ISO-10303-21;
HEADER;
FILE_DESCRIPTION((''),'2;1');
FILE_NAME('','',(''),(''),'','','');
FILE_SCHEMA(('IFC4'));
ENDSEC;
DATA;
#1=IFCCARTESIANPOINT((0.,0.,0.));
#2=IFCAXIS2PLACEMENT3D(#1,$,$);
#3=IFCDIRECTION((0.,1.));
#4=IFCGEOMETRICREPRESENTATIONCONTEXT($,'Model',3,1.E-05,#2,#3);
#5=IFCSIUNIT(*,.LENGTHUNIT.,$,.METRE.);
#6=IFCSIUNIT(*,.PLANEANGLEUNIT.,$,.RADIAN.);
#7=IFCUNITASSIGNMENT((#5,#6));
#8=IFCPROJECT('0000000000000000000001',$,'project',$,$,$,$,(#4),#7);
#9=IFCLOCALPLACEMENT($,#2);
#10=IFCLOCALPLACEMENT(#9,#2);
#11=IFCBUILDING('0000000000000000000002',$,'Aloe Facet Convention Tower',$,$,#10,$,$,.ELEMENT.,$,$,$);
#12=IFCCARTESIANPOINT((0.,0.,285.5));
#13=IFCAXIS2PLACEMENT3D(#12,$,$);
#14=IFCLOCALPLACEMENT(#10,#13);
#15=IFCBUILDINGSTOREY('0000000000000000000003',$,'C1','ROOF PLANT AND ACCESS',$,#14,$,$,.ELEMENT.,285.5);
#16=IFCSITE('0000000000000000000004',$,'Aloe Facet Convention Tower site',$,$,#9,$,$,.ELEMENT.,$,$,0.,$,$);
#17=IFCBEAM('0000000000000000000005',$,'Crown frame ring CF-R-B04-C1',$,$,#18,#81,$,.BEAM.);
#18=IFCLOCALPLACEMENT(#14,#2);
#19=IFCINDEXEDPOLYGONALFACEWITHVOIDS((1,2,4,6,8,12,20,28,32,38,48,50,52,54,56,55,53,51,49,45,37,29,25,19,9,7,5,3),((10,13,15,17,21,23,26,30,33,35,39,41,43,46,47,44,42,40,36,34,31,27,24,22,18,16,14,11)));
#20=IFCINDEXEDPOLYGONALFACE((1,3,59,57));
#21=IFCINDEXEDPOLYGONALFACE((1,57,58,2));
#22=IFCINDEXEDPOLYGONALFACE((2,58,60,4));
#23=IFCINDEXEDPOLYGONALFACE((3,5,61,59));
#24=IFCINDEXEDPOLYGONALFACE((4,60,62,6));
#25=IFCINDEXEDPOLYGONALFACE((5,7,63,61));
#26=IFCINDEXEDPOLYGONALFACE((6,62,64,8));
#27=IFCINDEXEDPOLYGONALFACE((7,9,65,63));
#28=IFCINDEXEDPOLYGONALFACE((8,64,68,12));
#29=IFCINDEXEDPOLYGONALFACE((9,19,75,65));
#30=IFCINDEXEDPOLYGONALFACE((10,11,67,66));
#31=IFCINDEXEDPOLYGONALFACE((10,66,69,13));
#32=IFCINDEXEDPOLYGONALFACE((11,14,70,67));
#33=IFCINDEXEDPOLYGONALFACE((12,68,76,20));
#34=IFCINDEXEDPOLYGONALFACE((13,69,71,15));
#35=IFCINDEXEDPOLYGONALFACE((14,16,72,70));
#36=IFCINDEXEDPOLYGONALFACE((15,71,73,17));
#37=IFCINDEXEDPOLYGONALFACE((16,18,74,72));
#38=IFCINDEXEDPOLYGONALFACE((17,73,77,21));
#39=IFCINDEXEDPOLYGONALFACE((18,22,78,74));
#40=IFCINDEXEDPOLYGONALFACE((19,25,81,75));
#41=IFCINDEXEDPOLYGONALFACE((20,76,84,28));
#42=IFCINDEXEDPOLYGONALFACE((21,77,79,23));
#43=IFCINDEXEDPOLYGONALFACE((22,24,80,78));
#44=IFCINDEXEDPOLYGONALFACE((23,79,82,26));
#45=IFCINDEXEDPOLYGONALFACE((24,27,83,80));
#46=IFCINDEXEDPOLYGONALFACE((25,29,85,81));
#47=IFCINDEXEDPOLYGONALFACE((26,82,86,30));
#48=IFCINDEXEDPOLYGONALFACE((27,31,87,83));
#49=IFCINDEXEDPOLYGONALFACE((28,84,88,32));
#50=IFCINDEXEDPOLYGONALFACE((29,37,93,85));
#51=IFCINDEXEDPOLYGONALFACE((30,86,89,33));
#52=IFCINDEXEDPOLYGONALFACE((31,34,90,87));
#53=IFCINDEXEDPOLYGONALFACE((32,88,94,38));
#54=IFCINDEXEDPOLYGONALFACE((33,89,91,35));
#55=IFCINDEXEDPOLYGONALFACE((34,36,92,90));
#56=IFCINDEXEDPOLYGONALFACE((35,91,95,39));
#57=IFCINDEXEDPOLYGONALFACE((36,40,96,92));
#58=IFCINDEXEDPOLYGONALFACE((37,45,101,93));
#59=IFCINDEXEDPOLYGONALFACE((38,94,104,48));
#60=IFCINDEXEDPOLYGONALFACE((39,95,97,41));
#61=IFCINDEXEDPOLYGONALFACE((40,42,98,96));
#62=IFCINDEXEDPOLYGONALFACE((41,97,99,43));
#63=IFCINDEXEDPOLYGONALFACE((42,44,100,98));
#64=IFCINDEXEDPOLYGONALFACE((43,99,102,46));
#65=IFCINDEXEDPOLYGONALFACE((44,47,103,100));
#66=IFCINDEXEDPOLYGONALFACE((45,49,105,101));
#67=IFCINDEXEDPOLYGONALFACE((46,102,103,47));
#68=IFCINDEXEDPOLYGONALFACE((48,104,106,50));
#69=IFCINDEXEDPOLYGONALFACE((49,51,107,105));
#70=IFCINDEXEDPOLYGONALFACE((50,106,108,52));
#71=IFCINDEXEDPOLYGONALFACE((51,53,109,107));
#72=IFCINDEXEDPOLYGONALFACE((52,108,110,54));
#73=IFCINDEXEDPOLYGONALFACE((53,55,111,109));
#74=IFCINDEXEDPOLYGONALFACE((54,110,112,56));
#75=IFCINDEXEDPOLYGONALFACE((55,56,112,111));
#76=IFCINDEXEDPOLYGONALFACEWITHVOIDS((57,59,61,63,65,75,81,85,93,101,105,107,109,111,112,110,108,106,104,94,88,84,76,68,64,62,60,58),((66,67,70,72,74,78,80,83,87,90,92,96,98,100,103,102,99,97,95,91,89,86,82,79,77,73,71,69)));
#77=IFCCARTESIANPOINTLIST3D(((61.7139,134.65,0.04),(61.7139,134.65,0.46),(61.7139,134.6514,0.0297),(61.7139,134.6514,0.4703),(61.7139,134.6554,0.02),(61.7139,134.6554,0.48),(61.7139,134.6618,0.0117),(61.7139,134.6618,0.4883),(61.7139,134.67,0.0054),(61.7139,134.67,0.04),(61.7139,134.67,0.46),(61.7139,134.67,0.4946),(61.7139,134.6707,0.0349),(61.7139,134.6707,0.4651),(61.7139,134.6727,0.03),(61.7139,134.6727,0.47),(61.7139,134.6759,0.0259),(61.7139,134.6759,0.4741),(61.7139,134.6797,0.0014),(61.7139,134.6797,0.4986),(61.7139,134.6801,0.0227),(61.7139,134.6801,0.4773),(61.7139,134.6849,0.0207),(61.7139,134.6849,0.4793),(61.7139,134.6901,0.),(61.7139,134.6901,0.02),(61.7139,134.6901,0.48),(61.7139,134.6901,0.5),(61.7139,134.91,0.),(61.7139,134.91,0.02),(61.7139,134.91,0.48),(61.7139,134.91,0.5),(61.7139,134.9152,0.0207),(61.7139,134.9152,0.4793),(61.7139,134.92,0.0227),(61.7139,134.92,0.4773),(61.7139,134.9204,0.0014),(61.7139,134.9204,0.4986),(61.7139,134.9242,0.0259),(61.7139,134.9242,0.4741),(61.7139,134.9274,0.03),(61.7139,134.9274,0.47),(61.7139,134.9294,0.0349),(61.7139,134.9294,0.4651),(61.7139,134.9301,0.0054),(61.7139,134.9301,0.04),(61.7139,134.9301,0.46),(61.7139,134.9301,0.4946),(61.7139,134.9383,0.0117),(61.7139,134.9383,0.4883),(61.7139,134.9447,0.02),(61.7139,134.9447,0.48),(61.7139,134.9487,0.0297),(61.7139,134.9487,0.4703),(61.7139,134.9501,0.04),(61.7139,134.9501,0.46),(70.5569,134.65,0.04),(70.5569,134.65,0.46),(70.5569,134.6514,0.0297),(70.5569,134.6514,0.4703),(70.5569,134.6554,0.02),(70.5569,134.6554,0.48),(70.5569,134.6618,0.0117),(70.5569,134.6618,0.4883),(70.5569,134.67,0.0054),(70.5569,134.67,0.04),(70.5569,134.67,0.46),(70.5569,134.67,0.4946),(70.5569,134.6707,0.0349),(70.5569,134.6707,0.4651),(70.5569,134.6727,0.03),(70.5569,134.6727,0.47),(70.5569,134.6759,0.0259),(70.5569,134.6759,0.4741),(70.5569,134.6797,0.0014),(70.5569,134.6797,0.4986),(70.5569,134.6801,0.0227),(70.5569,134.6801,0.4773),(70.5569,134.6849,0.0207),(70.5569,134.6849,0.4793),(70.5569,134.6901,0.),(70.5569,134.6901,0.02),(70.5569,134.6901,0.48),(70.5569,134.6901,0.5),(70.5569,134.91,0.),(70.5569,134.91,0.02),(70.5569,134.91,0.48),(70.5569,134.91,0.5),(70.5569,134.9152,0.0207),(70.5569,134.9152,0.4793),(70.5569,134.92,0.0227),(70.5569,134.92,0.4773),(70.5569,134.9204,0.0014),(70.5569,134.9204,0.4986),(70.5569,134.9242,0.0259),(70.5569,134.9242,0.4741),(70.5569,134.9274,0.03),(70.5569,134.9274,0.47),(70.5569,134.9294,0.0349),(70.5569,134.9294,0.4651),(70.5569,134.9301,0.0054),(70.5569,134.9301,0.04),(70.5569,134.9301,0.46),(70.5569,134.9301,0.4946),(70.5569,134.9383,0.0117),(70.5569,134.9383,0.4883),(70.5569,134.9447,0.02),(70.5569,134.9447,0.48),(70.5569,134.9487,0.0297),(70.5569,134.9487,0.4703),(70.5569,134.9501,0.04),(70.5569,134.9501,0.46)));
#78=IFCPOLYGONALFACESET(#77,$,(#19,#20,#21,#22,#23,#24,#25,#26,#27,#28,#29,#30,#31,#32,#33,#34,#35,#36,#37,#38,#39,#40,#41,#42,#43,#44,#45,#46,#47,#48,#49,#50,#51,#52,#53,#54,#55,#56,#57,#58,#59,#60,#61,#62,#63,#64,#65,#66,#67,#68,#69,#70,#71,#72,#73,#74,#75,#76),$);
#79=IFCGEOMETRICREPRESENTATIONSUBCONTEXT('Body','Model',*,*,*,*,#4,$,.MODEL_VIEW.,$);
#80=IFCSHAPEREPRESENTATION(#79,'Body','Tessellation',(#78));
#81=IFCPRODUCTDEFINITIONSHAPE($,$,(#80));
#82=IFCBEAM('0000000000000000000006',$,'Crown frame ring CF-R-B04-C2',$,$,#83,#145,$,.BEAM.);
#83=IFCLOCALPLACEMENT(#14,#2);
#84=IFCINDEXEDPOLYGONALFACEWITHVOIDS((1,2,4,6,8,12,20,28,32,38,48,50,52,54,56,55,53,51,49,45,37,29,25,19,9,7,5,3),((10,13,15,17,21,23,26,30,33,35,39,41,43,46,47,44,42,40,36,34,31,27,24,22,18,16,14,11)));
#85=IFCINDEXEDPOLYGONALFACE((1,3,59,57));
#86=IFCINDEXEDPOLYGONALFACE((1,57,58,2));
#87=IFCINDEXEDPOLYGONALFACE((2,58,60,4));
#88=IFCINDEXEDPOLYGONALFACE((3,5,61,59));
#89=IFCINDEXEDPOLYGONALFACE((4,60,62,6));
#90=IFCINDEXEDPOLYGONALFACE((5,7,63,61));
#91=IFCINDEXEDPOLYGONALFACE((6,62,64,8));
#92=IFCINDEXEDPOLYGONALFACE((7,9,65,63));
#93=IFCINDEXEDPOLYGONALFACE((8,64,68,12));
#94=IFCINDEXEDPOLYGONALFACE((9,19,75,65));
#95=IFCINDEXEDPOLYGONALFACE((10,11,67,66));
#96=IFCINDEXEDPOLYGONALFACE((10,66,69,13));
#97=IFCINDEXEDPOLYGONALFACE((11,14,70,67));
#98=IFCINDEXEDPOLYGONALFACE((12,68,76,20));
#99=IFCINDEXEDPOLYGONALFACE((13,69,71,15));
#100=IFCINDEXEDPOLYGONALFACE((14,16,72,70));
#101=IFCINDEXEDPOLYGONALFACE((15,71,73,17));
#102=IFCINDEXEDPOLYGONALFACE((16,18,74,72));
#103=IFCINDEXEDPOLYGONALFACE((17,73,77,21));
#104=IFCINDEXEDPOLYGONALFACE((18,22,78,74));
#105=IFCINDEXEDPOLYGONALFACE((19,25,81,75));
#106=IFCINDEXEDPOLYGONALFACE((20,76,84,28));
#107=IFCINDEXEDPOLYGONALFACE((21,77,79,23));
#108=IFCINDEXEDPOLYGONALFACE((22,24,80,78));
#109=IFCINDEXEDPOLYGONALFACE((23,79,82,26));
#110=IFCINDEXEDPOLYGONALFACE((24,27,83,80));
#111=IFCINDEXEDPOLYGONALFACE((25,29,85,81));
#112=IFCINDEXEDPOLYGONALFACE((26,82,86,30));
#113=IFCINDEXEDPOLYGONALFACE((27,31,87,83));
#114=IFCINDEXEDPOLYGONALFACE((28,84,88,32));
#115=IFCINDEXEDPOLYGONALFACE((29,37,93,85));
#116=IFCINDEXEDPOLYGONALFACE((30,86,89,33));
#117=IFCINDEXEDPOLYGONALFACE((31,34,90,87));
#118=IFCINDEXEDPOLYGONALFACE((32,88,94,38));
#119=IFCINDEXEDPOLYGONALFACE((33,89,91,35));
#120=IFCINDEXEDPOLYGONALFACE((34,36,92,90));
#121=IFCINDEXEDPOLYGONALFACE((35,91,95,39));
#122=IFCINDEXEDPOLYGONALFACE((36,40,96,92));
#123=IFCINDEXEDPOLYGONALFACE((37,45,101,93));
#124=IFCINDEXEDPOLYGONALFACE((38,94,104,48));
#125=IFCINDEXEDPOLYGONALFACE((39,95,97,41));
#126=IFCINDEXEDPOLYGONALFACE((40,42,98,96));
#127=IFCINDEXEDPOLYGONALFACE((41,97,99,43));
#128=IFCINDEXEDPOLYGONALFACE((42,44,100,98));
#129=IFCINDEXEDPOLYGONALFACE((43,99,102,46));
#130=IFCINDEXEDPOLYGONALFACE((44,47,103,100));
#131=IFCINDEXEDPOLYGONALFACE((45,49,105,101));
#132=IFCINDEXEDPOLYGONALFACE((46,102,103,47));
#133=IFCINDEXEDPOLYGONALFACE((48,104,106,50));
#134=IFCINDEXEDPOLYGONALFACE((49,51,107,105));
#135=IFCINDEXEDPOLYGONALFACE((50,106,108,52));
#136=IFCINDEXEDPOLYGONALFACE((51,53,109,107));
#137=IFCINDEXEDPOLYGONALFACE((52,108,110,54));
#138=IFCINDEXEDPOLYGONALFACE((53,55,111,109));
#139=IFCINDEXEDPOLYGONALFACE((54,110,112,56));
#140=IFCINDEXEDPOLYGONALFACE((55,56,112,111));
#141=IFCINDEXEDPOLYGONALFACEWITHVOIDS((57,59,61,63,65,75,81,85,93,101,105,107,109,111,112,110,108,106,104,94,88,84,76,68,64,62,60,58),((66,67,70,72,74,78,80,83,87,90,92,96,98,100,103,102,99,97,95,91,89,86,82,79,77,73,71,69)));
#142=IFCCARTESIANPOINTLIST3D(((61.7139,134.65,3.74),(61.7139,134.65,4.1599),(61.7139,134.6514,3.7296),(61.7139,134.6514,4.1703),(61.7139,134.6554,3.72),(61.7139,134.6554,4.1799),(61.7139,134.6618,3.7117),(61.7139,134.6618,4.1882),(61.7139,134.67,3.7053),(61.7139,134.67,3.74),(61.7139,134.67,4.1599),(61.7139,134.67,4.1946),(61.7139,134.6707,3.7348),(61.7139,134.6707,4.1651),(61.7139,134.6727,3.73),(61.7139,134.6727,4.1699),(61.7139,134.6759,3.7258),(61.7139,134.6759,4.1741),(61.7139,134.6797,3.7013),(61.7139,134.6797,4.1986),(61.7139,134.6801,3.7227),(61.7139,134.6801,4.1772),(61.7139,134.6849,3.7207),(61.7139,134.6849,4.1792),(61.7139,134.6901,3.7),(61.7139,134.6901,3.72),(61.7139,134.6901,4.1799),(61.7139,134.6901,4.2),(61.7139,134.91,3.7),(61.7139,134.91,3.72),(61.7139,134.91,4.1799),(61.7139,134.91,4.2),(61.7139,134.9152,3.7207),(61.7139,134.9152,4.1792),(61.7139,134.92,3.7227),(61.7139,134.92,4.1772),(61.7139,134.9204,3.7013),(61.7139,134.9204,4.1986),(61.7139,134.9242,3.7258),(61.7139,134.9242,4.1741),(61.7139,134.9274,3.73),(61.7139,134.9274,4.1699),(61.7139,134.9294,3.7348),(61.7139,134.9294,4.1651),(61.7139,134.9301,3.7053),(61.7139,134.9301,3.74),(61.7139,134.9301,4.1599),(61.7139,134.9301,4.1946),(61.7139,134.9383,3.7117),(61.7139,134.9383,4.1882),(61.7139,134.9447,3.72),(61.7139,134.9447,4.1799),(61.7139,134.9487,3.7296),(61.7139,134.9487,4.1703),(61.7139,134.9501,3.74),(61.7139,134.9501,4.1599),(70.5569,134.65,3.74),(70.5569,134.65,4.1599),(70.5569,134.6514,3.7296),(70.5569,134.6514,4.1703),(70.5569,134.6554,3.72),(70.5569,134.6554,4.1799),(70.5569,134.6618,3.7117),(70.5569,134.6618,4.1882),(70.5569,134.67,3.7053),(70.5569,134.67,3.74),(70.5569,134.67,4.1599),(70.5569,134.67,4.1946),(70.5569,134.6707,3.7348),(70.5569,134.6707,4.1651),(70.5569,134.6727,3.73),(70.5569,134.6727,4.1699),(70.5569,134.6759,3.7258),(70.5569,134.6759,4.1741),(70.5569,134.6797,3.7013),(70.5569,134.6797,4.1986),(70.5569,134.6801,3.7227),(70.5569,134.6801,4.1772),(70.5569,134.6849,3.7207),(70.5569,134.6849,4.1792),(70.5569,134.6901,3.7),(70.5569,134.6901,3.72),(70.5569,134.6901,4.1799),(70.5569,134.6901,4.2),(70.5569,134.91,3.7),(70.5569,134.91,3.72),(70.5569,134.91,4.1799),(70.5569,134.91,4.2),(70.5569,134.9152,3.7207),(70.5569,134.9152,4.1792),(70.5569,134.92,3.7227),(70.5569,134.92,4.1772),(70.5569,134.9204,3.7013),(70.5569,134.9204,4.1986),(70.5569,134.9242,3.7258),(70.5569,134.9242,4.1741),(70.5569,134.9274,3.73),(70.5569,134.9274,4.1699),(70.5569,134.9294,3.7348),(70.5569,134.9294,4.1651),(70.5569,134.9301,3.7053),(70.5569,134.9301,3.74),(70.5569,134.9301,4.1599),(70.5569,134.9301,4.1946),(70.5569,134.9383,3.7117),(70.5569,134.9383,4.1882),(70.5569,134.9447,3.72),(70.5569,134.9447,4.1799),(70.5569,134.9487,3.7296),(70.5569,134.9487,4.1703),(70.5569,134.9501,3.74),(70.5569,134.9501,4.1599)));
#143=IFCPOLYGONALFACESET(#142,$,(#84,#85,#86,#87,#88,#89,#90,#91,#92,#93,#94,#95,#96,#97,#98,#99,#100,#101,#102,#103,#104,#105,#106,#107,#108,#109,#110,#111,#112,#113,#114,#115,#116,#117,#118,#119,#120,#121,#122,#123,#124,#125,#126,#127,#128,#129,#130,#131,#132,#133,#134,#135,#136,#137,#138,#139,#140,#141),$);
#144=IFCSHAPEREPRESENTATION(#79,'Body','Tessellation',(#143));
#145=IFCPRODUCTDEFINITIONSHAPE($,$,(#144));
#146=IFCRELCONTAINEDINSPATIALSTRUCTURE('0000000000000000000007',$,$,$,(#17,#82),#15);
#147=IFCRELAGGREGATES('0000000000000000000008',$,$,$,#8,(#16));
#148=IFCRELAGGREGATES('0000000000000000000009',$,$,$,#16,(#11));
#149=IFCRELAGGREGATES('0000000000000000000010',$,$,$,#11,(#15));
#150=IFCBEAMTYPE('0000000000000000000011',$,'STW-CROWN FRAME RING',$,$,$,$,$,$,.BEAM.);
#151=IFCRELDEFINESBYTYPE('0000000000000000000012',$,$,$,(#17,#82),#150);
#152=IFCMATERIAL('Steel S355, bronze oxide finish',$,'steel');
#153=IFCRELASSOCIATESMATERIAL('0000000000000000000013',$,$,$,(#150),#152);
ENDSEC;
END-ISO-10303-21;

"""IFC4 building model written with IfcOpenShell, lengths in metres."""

from ifc_helpers import new_model, si_unit, direction, frame, origin, origin_2d, place, context, subcontext, project, spatial, hollow_rectangle, extrude, material, material_profile, profile_set, type_object, element, save


model = new_model("IFC4")

# Units and contexts
model_context = context("Model", 3, precision=1e-05, world=origin(), true_north=direction((0.0, 1.0)))
body_context = subcontext(model_context, "Body", "Model", "MODEL_VIEW")
ifc_project = project(units=[si_unit("LENGTHUNIT", "METRE"), si_unit("PLANEANGLEUNIT", "RADIAN")], contexts=[model_context])

# Site, building, storey
site_placement = place(None, origin())
site = spatial("IfcSite", under=ifc_project, at=site_placement, Name="Aloe Facet Convention Tower site", CompositionType="ELEMENT", RefElevation=0.0)
building_placement = place(site_placement, origin())
building = spatial("IfcBuilding", under=site, at=building_placement, Name="Aloe Facet Convention Tower", CompositionType="ELEMENT")
storey_placement = place(building_placement, frame((0.0, 0.0, 285.5)))
storey = spatial("IfcBuildingStorey", under=building, at=storey_placement, Name="C1", Description="ROOF PLANT AND ACCESS", CompositionType="ELEMENT", Elevation=285.5)

# Beams
ifc_material_1 = material(Name="Steel S355, bronze oxide finish", Category="steel")
ifc_material_profile_1 = material_profile(ifc_material_1, hollow_rectangle(XDim=0.3, YDim=0.5, WallThickness=0.02, InnerFilletRadius=0.02, OuterFilletRadius=0.04, at=origin_2d()), Name="RHS 500x300x20")
ifc_profile_set_1 = profile_set([ifc_material_profile_1], Name="Steel S355, bronze oxide finish")
beam_type = type_object("IfcBeamType", Name="STW-CROWN FRAME RING", PredefinedType="BEAM", material=ifc_profile_set_1)
for number, where, z_axis, x_axis, name in (
    (1, (70.5569, 134.8, 0.25), (-1.0, 0.0, 0.0), (0.0, -1.0, 0.0), "Crown frame ring CF-R-B04-C1"),
    (2, (70.5569, 134.8, 3.95), (-1.0, 0.0, 0.0), (0.0, -1.0, 0.0), "Crown frame ring CF-R-B04-C2"),
):
    element("IfcBeam", number, at=place(storey_placement, frame(where, z_axis=z_axis, x_axis=x_axis)), inside=storey, type_object=beam_type, Name=name, PredefinedType="BEAM", context=body_context, shape_type="SweptSolid", body=[
        extrude(hollow_rectangle(XDim=0.3, YDim=0.5, WallThickness=0.02, InnerFilletRadius=0.02, OuterFilletRadius=0.04, at=origin_2d()), origin(), (0.0, 0.0, 1.0), 8.843),
    ])

save(model, "model.ifc")
